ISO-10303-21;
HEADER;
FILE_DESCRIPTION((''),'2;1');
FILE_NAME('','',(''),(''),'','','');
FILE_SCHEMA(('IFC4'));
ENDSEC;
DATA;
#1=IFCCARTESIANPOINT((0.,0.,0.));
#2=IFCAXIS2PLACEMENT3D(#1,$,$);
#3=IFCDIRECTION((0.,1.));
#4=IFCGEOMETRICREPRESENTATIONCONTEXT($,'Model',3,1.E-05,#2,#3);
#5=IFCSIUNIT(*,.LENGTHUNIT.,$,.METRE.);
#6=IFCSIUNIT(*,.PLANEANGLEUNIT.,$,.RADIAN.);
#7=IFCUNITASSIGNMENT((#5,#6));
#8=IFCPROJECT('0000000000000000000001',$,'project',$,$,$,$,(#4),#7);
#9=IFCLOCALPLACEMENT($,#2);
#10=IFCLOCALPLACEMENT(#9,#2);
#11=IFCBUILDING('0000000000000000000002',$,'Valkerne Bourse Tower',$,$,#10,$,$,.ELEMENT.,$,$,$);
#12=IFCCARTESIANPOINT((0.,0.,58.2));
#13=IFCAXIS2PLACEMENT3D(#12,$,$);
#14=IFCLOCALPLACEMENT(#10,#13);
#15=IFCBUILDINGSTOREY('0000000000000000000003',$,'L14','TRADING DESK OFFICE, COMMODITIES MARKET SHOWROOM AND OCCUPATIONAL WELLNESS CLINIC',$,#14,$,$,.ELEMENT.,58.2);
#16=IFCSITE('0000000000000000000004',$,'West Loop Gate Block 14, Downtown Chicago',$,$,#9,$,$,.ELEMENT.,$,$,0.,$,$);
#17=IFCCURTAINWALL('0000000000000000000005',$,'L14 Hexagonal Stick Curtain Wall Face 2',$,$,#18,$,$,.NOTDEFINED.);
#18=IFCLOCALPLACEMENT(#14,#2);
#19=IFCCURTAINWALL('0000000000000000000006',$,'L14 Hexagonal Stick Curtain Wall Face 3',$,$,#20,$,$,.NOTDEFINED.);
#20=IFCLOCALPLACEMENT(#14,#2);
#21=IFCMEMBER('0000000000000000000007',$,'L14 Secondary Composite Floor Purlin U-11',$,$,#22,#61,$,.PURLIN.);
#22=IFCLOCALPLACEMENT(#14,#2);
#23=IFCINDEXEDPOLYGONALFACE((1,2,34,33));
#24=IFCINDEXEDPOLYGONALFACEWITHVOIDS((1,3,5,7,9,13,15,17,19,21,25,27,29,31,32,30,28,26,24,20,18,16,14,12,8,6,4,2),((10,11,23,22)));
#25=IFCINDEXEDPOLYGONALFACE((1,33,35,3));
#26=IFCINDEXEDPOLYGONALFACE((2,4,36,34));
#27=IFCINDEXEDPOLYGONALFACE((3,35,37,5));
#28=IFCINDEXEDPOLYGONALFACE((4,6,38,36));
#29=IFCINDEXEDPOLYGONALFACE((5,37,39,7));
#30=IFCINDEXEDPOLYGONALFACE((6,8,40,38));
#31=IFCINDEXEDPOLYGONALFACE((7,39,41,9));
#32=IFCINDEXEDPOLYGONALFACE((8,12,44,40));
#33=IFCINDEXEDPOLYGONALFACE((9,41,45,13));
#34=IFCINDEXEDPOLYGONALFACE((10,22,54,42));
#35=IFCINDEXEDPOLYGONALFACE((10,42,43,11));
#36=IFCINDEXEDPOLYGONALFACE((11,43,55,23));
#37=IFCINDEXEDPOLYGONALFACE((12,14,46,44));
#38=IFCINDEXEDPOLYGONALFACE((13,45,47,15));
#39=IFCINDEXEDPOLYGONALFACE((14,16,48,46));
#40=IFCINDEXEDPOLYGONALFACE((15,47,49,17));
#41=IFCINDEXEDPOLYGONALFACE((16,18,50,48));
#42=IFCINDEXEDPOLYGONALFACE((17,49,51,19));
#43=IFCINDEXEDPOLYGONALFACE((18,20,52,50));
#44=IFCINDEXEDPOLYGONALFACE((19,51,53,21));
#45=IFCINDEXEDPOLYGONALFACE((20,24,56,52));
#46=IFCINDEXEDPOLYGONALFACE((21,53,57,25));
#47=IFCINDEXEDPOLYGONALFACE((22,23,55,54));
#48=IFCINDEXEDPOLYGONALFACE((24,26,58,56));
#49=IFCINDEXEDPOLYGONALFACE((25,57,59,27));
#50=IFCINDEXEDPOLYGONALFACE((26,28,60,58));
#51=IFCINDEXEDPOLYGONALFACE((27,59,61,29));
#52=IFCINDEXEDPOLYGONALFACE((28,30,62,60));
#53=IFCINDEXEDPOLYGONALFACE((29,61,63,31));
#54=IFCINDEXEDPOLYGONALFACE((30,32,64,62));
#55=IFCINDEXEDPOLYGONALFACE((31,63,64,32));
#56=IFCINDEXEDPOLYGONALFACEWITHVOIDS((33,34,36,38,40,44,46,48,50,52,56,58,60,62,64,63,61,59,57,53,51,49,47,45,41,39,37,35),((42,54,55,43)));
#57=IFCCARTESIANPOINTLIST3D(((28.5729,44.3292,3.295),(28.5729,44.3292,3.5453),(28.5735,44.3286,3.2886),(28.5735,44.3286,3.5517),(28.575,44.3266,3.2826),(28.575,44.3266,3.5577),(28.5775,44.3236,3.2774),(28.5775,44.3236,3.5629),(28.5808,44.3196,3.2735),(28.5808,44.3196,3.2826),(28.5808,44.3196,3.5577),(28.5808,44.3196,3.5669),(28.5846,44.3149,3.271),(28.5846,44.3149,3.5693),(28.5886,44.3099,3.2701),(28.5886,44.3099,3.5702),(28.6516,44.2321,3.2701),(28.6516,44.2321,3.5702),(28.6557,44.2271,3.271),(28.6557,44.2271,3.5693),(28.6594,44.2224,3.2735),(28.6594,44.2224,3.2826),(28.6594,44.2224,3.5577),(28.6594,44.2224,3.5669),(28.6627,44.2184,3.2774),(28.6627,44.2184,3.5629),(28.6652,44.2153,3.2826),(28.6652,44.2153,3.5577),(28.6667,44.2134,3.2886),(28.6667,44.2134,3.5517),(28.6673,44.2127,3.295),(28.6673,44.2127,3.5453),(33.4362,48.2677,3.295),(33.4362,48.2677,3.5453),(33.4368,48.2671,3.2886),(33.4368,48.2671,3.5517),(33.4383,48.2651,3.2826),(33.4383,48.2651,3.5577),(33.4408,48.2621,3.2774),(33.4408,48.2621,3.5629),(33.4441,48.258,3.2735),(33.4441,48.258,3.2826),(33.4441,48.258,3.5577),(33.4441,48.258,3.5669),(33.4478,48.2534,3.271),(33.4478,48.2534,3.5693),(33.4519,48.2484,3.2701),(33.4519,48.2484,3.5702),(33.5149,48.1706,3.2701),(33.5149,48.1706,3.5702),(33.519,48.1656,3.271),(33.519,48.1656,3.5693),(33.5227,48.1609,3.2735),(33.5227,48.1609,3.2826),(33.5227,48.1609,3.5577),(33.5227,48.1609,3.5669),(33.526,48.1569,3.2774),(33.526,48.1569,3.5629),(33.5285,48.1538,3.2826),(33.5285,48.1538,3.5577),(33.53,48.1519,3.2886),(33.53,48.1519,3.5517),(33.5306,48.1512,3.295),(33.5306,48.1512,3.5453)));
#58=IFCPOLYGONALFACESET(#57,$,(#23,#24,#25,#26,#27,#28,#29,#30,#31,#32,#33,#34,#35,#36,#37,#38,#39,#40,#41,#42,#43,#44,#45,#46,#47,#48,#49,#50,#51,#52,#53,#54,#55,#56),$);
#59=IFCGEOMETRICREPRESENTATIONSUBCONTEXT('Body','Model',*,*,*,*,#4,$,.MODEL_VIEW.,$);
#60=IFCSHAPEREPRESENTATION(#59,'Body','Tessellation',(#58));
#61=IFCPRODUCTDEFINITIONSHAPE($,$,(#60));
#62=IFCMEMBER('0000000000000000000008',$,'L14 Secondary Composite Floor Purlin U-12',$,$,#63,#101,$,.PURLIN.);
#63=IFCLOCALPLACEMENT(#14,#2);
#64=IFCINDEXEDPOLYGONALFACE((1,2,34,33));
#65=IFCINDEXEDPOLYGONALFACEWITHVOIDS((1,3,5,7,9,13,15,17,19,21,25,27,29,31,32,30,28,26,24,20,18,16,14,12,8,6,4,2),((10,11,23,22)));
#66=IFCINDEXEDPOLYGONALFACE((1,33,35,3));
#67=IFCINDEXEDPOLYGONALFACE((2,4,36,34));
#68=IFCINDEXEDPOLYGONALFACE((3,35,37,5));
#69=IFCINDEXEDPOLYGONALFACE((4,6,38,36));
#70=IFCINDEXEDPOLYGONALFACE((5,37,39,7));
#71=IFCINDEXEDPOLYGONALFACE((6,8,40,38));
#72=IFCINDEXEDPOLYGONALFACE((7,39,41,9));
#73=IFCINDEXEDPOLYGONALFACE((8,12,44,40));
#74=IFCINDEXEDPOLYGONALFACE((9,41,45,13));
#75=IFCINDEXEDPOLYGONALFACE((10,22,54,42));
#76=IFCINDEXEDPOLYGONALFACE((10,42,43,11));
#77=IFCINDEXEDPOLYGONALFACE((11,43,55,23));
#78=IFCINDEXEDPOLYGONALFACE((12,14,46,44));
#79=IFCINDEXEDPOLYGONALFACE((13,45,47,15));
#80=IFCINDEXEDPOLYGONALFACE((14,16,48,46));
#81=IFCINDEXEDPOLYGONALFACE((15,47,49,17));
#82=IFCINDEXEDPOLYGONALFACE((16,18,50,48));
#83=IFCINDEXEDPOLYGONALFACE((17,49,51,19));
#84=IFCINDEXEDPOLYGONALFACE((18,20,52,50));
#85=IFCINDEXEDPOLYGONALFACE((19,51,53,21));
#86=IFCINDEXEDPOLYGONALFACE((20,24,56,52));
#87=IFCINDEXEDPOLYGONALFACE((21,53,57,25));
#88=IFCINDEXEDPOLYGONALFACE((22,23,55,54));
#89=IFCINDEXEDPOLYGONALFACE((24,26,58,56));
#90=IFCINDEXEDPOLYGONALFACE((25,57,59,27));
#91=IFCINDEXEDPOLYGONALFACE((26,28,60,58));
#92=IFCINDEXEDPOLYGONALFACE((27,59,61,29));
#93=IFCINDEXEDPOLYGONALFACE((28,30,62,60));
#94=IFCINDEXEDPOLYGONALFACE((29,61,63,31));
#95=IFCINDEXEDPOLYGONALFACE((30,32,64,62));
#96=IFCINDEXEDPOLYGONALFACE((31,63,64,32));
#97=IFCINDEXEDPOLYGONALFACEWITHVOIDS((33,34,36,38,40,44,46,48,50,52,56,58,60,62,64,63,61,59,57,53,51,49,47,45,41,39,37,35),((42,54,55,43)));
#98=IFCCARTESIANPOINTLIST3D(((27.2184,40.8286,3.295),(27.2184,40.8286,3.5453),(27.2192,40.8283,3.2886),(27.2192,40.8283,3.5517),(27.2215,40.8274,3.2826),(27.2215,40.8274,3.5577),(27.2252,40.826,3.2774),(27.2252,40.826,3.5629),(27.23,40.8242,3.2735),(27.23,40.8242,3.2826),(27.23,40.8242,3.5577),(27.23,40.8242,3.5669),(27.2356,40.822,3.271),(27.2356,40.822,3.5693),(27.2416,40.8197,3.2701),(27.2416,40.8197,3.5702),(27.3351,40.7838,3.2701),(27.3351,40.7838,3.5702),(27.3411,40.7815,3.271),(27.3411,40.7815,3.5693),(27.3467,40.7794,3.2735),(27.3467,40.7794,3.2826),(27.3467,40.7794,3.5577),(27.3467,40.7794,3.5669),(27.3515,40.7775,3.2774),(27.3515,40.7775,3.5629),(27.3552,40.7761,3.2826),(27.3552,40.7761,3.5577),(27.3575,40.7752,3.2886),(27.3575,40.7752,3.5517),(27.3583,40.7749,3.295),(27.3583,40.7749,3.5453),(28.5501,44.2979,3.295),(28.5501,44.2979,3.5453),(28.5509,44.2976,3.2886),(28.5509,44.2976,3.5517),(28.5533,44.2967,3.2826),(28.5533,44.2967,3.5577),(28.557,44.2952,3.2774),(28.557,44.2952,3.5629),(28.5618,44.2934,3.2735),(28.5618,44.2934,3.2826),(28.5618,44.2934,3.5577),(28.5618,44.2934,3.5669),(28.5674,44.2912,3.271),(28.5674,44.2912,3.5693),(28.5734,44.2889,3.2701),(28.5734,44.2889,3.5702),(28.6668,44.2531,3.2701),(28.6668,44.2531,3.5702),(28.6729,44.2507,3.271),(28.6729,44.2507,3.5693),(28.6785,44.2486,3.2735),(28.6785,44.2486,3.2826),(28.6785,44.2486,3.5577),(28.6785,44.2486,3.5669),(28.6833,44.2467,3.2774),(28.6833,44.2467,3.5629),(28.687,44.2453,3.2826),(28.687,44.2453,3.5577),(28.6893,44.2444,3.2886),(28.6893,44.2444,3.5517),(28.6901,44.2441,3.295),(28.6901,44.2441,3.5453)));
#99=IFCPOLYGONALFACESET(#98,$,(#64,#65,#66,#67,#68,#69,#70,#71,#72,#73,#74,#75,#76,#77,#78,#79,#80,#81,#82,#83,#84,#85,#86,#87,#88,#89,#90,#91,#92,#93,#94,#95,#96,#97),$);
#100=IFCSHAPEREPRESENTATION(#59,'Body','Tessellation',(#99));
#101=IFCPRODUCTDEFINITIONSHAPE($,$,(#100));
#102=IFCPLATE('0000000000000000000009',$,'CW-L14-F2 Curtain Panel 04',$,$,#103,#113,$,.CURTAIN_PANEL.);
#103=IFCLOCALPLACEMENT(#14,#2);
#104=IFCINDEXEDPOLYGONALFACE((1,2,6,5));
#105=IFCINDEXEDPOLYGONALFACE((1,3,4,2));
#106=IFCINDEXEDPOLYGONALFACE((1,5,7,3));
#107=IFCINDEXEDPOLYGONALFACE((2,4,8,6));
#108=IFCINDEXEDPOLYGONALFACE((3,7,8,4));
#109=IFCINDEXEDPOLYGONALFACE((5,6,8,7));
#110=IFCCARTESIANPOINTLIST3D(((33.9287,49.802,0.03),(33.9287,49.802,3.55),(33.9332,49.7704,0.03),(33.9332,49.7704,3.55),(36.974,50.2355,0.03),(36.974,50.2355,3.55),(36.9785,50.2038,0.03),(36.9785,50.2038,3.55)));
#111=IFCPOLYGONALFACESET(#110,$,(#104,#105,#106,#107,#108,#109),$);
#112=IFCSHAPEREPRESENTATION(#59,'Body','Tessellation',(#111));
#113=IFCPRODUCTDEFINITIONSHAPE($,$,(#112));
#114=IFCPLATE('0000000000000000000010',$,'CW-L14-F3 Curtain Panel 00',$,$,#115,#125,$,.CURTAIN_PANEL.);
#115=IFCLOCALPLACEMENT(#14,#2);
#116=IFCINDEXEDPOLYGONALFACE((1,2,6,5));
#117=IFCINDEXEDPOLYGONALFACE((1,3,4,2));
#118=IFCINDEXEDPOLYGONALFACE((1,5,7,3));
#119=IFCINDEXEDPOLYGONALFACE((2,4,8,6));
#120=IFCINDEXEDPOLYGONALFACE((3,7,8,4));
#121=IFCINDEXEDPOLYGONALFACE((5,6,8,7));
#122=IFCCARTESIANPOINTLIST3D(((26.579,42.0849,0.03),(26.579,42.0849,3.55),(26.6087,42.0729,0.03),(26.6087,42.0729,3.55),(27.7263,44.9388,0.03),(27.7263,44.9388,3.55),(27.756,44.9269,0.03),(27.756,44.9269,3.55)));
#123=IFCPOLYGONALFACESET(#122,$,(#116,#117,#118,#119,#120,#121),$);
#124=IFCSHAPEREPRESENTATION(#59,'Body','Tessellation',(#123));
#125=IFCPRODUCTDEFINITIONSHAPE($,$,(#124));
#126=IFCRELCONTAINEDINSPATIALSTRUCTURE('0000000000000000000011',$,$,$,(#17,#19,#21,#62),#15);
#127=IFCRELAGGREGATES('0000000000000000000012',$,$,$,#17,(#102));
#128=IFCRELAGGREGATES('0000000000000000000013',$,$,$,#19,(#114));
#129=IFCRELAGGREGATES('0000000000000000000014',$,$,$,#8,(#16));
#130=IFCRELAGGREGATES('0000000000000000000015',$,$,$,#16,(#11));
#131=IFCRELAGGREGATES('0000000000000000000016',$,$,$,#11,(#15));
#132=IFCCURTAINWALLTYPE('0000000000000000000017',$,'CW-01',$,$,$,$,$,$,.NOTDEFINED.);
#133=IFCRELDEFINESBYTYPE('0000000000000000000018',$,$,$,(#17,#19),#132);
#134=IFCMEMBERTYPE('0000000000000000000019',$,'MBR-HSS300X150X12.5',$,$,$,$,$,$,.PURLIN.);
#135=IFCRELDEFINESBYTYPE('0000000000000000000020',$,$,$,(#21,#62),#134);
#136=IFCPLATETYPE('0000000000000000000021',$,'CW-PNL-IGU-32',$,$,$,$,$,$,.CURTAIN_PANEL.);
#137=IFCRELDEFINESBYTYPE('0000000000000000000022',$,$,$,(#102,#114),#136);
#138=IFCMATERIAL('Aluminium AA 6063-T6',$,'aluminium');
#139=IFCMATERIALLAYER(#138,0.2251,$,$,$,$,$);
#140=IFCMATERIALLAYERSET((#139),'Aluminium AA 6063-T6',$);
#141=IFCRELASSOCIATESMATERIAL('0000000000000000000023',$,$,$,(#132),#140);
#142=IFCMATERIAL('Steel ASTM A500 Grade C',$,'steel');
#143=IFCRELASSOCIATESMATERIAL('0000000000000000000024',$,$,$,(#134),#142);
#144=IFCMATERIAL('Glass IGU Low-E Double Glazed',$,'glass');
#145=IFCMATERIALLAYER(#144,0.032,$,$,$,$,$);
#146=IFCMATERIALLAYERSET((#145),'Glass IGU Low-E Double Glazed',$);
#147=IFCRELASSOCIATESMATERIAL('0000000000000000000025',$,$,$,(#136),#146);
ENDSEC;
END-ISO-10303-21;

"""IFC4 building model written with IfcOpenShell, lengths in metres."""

from ifc_helpers import new_model, si_unit, direction, frame, origin, origin_2d, place, context, subcontext, project, spatial, rectangle, hollow_rectangle, extrude, material, layer, layer_set, material_profile, profile_set, type_object, element, aggregate, save


model = new_model("IFC4")

# Units and contexts
model_context = context("Model", 3, precision=1e-05, world=origin(), true_north=direction((0.0, 1.0)))
body_context = subcontext(model_context, "Body", "Model", "MODEL_VIEW")
ifc_project = project(units=[si_unit("LENGTHUNIT", "METRE"), si_unit("PLANEANGLEUNIT", "RADIAN")], contexts=[model_context])

# Site, building, storey
site_placement = place(None, origin())
site = spatial("IfcSite", under=ifc_project, at=site_placement, Name="West Loop Gate Block 14, Downtown Chicago", CompositionType="ELEMENT", RefElevation=0.0)
building_placement = place(site_placement, origin())
building = spatial("IfcBuilding", under=site, at=building_placement, Name="Valkerne Bourse Tower", CompositionType="ELEMENT")
storey_placement = place(building_placement, frame((0.0, 0.0, 58.2)))
storey = spatial("IfcBuildingStorey", under=building, at=storey_placement, Name="L14", Description="TRADING DESK OFFICE, COMMODITIES MARKET SHOWROOM AND OCCUPATIONAL WELLNESS CLINIC", CompositionType="ELEMENT", Elevation=58.2)

# Curtain walls
ifc_material_1 = material(Name="Aluminium AA 6063-T6", Category="aluminium")
ifc_layer_1 = layer(ifc_material_1, 0.2251)
ifc_layer_set_1 = layer_set([ifc_layer_1], Name="Aluminium AA 6063-T6")
curtain_wall_type = type_object("IfcCurtainWallType", Name="CW-01", PredefinedType="NOTDEFINED", material=ifc_layer_set_1)
curtain_wall_1_placement = place(storey_placement, origin())
curtain_wall_1 = element("IfcCurtainWall", 1, at=curtain_wall_1_placement, inside=storey, type_object=curtain_wall_type, Name="L14 Hexagonal Stick Curtain Wall Face 2", PredefinedType="NOTDEFINED")
curtain_wall_2_placement = place(storey_placement, origin())
curtain_wall_2 = element("IfcCurtainWall", 2, at=curtain_wall_2_placement, inside=storey, type_object=curtain_wall_type, Name="L14 Hexagonal Stick Curtain Wall Face 3", PredefinedType="NOTDEFINED")

# Members
ifc_material_2 = material(Name="Steel ASTM A500 Grade C", Category="steel")
ifc_material_profile_1 = material_profile(ifc_material_2, hollow_rectangle(XDim=0.1499, YDim=0.3, WallThickness=0.0125, OuterFilletRadius=0.0249, at=origin_2d()), Name="HSS300X150X12.5")
ifc_profile_set_1 = profile_set([ifc_material_profile_1], Name="Steel ASTM A500 Grade C")
member_type_1 = type_object("IfcMemberType", Name="MBR-HSS300X150X12.5", PredefinedType="PURLIN", material=ifc_profile_set_1)
member_1_placement = place(storey_placement, frame((33.4834, 48.2095, 3.4202), z_axis=(-0.777125, -0.629346, 0.0), x_axis=(0.629346, -0.777125, 0.0)))
element("IfcMember", 3, at=member_1_placement, inside=storey, type_object=member_type_1, Name="L14 Secondary Composite Floor Purlin U-11", PredefinedType="PURLIN", context=body_context, shape_type="SweptSolid", body=[
    extrude(hollow_rectangle(XDim=0.1499, YDim=0.3, WallThickness=0.0125, OuterFilletRadius=0.0249, at=origin_2d()), origin(), (0.0, 0.0, 1.0), 6.2581),
])
member_2_placement = place(storey_placement, frame((28.6201, 44.271, 3.4202), z_axis=(-0.358385, -0.933574, 0.0), x_axis=(0.933574, -0.358385, 0.0)))
element("IfcMember", 4, at=member_2_placement, inside=storey, type_object=member_type_1, Name="L14 Secondary Composite Floor Purlin U-12", PredefinedType="PURLIN", context=body_context, shape_type="SweptSolid", body=[
    extrude(hollow_rectangle(XDim=0.1499, YDim=0.3, WallThickness=0.0125, OuterFilletRadius=0.0249, at=origin_2d()), origin(), (0.0, 0.0, 1.0), 3.7161),
])

# Plates
ifc_material_3 = material(Name="Glass IGU Low-E Double Glazed", Category="glass")
ifc_layer_2 = layer(ifc_material_3, 0.032)
ifc_layer_set_2 = layer_set([ifc_layer_2], Name="Glass IGU Low-E Double Glazed")
plate_type = type_object("IfcPlateType", Name="CW-PNL-IGU-32", PredefinedType="CURTAIN_PANEL", material=ifc_layer_set_2)
plate_1_placement = place(storey_placement, frame((35.4536, 50.0029, 0.03), z_axis=(0.0, 0.0, 1.0), x_axis=(-0.990021, -0.140917, 0.0)))
plate_1 = element("IfcPlate", 5, at=plate_1_placement, type_object=plate_type, Name="CW-L14-F2 Curtain Panel 04", PredefinedType="CURTAIN_PANEL", context=body_context, shape_type="SweptSolid", body=[
    extrude(rectangle(XDim=3.0759, YDim=0.032, at=origin_2d()), origin(), (0.0, 0.0, 1.0), 3.52),
])
aggregate(curtain_wall_1, [plate_1])
plate_2_placement = place(storey_placement, frame((27.1675, 43.5059, 0.03), z_axis=(0.0, 0.0, 1.0), x_axis=(-0.372999, -0.927832, 0.0)))
plate_2 = element("IfcPlate", 6, at=plate_2_placement, type_object=plate_type, Name="CW-L14-F3 Curtain Panel 00", PredefinedType="CURTAIN_PANEL", context=body_context, shape_type="SweptSolid", body=[
    extrude(rectangle(XDim=3.0759, YDim=0.032, at=origin_2d()), origin(), (0.0, 0.0, 1.0), 3.52),
])
aggregate(curtain_wall_2, [plate_2])

save(model, "model.ifc")
